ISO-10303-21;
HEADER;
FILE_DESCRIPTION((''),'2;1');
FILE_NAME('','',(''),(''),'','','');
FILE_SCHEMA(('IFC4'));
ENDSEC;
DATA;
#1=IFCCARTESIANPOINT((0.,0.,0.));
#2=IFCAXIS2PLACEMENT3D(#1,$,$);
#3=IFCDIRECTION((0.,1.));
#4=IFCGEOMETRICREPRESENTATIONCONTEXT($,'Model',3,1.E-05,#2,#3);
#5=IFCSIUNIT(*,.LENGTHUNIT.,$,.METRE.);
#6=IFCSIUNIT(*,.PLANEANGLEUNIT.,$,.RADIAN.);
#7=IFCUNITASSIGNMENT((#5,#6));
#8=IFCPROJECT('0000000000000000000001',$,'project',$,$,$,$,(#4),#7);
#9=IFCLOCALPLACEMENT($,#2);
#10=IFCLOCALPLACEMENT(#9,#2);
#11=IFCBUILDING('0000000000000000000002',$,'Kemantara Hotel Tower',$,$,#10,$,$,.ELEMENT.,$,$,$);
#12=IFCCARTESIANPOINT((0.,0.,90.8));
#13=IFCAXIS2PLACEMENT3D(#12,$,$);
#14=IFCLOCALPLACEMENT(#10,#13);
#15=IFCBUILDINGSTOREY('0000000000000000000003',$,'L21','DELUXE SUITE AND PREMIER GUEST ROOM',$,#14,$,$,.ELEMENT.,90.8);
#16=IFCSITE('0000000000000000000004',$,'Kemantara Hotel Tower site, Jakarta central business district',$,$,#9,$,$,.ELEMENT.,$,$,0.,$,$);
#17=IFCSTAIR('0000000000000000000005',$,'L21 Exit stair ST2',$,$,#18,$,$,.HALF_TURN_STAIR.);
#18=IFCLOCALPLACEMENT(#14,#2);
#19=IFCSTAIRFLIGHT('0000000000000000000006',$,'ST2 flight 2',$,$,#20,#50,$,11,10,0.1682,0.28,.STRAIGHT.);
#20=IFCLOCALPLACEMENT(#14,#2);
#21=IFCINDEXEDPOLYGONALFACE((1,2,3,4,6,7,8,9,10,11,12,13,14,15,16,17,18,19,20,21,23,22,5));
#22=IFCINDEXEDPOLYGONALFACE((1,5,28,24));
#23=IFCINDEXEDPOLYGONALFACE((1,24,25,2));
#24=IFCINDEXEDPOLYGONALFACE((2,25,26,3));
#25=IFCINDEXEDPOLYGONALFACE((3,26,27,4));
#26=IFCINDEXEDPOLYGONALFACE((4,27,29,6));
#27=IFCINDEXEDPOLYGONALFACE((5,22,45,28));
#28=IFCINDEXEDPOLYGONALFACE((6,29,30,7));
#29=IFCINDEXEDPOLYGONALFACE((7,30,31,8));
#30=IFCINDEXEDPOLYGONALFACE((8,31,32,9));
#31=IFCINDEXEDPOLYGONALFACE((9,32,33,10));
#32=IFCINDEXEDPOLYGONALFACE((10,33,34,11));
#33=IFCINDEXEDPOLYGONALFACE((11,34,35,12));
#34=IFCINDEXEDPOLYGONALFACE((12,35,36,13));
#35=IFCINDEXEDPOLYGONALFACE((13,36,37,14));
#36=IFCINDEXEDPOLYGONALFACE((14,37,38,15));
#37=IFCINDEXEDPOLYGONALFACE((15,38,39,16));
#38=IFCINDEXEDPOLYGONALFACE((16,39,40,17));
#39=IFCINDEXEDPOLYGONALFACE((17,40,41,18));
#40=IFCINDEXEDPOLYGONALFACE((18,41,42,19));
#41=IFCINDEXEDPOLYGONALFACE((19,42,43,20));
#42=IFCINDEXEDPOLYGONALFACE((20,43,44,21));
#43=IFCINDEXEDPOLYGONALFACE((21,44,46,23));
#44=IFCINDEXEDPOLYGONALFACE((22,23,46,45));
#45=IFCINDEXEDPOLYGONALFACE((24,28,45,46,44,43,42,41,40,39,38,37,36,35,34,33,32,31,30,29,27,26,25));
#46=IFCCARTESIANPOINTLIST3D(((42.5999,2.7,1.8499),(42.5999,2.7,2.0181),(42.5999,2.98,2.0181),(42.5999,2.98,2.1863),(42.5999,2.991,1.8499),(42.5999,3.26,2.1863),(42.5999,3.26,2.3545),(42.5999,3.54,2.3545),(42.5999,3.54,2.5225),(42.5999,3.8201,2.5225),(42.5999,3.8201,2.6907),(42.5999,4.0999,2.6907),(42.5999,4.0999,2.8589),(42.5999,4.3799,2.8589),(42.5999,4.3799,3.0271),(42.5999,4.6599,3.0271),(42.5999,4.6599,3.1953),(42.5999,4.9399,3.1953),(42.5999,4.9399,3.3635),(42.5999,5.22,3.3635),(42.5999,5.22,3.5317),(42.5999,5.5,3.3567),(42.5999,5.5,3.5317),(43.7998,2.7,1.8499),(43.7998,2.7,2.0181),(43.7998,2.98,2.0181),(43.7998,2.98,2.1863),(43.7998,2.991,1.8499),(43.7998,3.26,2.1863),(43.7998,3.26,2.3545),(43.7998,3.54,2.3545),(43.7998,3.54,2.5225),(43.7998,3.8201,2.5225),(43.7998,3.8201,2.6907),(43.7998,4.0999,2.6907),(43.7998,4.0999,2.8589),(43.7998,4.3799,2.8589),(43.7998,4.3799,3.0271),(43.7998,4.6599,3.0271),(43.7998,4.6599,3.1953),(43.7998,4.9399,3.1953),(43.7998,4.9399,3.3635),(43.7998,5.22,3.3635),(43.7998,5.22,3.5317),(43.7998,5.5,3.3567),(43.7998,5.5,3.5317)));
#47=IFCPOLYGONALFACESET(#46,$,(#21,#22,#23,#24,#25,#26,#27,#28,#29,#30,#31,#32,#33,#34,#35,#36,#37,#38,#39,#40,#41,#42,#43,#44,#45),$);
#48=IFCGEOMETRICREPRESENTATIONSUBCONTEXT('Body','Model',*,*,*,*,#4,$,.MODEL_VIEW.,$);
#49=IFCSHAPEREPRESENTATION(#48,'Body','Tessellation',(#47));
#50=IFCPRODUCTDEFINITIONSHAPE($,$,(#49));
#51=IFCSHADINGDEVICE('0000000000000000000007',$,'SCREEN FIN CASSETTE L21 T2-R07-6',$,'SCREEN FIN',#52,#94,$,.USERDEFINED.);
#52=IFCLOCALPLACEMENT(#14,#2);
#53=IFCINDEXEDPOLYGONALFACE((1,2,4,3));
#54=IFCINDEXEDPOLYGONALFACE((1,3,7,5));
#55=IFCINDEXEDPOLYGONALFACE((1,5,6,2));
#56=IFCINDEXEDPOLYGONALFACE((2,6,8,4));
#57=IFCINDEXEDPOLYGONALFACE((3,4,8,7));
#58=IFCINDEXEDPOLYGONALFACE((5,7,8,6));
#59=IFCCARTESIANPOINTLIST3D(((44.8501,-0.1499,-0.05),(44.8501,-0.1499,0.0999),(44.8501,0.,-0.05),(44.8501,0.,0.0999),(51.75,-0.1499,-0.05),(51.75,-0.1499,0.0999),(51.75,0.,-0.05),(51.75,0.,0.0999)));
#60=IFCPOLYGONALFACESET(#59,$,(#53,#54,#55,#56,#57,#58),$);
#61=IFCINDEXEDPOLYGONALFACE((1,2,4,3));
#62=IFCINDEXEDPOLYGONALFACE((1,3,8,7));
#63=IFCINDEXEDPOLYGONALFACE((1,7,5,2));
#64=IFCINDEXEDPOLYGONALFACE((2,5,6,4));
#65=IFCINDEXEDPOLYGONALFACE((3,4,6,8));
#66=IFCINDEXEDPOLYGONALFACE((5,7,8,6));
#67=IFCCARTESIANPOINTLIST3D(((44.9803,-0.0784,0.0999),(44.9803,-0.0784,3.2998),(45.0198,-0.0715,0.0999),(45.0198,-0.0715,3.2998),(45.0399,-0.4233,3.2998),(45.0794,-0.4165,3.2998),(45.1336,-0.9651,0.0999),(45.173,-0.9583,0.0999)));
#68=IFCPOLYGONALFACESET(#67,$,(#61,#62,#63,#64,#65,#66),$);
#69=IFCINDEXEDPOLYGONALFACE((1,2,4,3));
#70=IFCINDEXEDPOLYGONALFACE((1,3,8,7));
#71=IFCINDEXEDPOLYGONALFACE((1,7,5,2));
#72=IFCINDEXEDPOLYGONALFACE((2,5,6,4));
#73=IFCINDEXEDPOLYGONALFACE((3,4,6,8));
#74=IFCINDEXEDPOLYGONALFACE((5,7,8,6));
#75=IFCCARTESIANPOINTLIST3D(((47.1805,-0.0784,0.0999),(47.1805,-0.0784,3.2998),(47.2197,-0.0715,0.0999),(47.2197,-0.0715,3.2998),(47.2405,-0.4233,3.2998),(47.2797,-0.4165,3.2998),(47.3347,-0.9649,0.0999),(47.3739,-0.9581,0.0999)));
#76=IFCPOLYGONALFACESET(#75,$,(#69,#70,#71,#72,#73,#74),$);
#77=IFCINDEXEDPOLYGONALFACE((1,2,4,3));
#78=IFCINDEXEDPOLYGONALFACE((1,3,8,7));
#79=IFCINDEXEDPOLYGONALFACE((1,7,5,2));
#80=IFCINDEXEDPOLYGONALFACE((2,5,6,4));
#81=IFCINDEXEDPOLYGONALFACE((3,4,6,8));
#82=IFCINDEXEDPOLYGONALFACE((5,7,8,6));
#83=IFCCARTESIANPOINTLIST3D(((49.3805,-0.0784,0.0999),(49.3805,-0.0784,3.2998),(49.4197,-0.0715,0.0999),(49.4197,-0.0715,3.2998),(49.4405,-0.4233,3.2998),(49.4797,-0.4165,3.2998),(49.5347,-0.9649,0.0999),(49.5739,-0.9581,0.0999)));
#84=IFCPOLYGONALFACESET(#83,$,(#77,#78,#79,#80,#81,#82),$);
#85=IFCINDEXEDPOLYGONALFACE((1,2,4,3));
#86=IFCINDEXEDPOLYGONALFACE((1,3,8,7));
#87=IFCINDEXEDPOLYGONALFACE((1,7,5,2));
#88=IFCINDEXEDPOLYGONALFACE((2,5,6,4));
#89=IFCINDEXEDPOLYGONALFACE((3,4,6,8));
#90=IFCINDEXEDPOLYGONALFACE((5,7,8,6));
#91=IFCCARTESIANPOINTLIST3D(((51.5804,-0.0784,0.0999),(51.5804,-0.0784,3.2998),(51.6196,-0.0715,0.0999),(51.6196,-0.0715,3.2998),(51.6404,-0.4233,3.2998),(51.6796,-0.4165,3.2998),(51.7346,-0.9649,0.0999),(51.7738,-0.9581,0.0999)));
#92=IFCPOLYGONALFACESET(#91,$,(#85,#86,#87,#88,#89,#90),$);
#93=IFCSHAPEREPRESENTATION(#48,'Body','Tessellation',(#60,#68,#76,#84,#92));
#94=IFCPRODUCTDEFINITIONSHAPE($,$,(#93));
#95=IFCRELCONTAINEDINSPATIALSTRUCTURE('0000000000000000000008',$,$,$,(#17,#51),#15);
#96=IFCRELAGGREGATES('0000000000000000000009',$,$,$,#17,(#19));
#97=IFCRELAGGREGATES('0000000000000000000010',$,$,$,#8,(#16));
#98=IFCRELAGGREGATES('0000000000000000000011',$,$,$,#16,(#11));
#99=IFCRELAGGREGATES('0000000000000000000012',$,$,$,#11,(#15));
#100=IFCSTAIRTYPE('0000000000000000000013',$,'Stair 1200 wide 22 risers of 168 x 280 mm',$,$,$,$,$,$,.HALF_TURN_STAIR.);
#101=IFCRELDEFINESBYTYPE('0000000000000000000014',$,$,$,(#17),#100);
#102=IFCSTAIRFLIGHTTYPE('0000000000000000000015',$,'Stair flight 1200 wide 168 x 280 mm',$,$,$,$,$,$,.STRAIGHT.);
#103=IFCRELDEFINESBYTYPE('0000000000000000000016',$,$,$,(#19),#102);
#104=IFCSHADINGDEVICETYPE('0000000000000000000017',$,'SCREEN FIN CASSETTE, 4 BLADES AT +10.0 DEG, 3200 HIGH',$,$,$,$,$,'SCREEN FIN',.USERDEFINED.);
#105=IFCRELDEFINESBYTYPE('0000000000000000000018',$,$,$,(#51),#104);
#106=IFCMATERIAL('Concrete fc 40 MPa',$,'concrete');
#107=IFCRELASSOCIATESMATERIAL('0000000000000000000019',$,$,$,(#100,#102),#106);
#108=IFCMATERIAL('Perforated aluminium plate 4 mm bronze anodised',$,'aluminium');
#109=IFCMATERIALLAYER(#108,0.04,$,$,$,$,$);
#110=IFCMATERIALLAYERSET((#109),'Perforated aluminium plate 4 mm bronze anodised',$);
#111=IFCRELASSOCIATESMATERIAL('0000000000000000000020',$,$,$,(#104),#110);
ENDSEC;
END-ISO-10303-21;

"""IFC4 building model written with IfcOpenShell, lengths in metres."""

from ifc_helpers import new_model, si_unit, direction, frame, origin, origin_2d, place, context, subcontext, project, spatial, polyline, rectangle, outline, extrude, source, transform, mapped, material, layer, layer_set, type_object, element, aggregate, save


model = new_model("IFC4")

# Units and contexts
model_context = context("Model", 3, precision=1e-05, world=origin(), true_north=direction((0.0, 1.0)))
body_context = subcontext(model_context, "Body", "Model", "MODEL_VIEW")
ifc_project = project(units=[si_unit("LENGTHUNIT", "METRE"), si_unit("PLANEANGLEUNIT", "RADIAN")], contexts=[model_context])

# Site, building, storey
site_placement = place(None, origin())
site = spatial("IfcSite", under=ifc_project, at=site_placement, Name="Kemantara Hotel Tower site, Jakarta central business district", CompositionType="ELEMENT", RefElevation=0.0)
building_placement = place(site_placement, origin())
building = spatial("IfcBuilding", under=site, at=building_placement, Name="Kemantara Hotel Tower", CompositionType="ELEMENT")
storey_placement = place(building_placement, frame((0.0, 0.0, 90.8)))
storey = spatial("IfcBuildingStorey", under=building, at=storey_placement, Name="L21", Description="DELUXE SUITE AND PREMIER GUEST ROOM", CompositionType="ELEMENT", Elevation=90.8)

# Stair, stair flight
ifc_material_1 = material(Name="Concrete fc 40 MPa", Category="concrete")
stair_type = type_object("IfcStairType", Name="Stair 1200 wide 22 risers of 168 x 280 mm", PredefinedType="HALF_TURN_STAIR", material=ifc_material_1)
stair_placement = place(storey_placement, origin())
stair = element("IfcStair", 1, at=stair_placement, inside=storey, type_object=stair_type, Name="L21 Exit stair ST2", PredefinedType="HALF_TURN_STAIR")
stair_flight_type = type_object("IfcStairFlightType", Name="Stair flight 1200 wide 168 x 280 mm", PredefinedType="STRAIGHT", material=ifc_material_1)
stair_flight_1_placement = place(storey_placement, frame((43.2, 2.7, 1.8499), z_axis=(0.0, 0.0, 1.0), x_axis=(0.0, 1.0, 0.0)))
stair_flight_1 = element("IfcStairFlight", 2, at=stair_flight_1_placement, type_object=stair_flight_type, Name="ST2 flight 2", NumberOfRisers=11, NumberOfTreads=10, PredefinedType="STRAIGHT", RiserHeight=0.1682, TreadLength=0.28, context=body_context, shape_type="SweptSolid", body=[
    extrude(outline(polyline([(0.0, 0.0), (0.0, 0.1682), (0.28, 0.1682), (0.28, 0.3364), (0.5601, 0.3364), (0.5601, 0.5046), (0.8401, 0.5046), (0.8401, 0.6726), (1.1201, 0.6726), (1.1201, 0.8408), (1.3999, 0.8408), (1.3999, 1.009), (1.6799, 1.009), (1.6799, 1.1772), (1.96, 1.1772), (1.96, 1.3455), (2.24, 1.3455), (2.24, 1.5137), (2.52, 1.5137), (2.52, 1.6819), (2.8, 1.6819), (2.8, 1.8501), (2.8, 1.5068), (0.291, 0.0), (0.0, 0.0)])), frame((0.0, 0.6001, 0.0), z_axis=(0.0, -1.0, 0.0), x_axis=(1.0, 0.0, 0.0)), (0.0, 0.0, 1.0), 1.2),
])
aggregate(stair, [stair_flight_1])

# Shading device
ifc_material_2 = material(Name="Perforated aluminium plate 4 mm bronze anodised", Category="aluminium")
ifc_layer_1 = layer(ifc_material_2, 0.04)
ifc_layer_set_1 = layer_set([ifc_layer_1], Name="Perforated aluminium plate 4 mm bronze anodised")
shading_device_type = type_object("IfcShadingDeviceType", Name="SCREEN FIN CASSETTE, 4 BLADES AT +10.0 DEG, 3200 HIGH", ElementType="SCREEN FIN", PredefinedType="USERDEFINED", material=ifc_layer_set_1)
shared_shape = source(origin(), body_context, "Body", "SweptSolid", [
    extrude(rectangle(XDim=6.8999, YDim=0.1499, at=origin_2d()), frame((3.3, -0.075, -0.1499), z_axis=(0.0, 0.0, 1.0), x_axis=(1.0, 0.0, 0.0)), (0.0, 0.0, 1.0), 0.1499),
    extrude(outline(polyline([(0.0, 0.0), (0.8999, 0.0), (0.3501, 3.2), (0.0, 3.2), (0.0, 0.0)])), frame((0.0198, -0.0715, 0.0), z_axis=(-0.98539, -0.170314, 0.0), x_axis=(0.170314, -0.98539, 0.0)), (0.0, 0.0, 1.0), 0.04),
    extrude(outline(polyline([(0.0, 0.0), (0.8999, 0.0), (0.3501, 3.2), (0.0, 3.2), (0.0, 0.0)])), frame((2.2197, -0.0715, 0.0), z_axis=(-0.985212, -0.171341, 0.0), x_axis=(0.171341, -0.985212, 0.0)), (0.0, 0.0, 1.0), 0.0398),
    extrude(outline(polyline([(0.0, 0.0), (0.8999, 0.0), (0.3501, 3.2), (0.0, 3.2), (0.0, 0.0)])), frame((4.4197, -0.0715, 0.0), z_axis=(-0.985212, -0.171341, 0.0), x_axis=(0.171341, -0.985212, 0.0)), (0.0, 0.0, 1.0), 0.0398),
    extrude(outline(polyline([(0.0, 0.0), (0.8999, 0.0), (0.3501, 3.2), (0.0, 3.2), (0.0, 0.0)])), frame((6.6196, -0.0715, 0.0), z_axis=(-0.985212, -0.171341, 0.0), x_axis=(0.171341, -0.985212, 0.0)), (0.0, 0.0, 1.0), 0.0398),
])
shading_device_placement = place(storey_placement, frame((45.0, 0.0, 0.0999), z_axis=(0.0, 0.0, 1.0), x_axis=(1.0, 0.0, 0.0)))
element("IfcShadingDevice", 3, at=shading_device_placement, inside=storey, type_object=shading_device_type, Name="SCREEN FIN CASSETTE L21 T2-R07-6", ObjectType="SCREEN FIN", PredefinedType="USERDEFINED", context=body_context, shape_type="MappedRepresentation", body=[
    mapped(shared_shape, transform((0.0, 0.0, 0.0))),
])

save(model, "model.ifc")
